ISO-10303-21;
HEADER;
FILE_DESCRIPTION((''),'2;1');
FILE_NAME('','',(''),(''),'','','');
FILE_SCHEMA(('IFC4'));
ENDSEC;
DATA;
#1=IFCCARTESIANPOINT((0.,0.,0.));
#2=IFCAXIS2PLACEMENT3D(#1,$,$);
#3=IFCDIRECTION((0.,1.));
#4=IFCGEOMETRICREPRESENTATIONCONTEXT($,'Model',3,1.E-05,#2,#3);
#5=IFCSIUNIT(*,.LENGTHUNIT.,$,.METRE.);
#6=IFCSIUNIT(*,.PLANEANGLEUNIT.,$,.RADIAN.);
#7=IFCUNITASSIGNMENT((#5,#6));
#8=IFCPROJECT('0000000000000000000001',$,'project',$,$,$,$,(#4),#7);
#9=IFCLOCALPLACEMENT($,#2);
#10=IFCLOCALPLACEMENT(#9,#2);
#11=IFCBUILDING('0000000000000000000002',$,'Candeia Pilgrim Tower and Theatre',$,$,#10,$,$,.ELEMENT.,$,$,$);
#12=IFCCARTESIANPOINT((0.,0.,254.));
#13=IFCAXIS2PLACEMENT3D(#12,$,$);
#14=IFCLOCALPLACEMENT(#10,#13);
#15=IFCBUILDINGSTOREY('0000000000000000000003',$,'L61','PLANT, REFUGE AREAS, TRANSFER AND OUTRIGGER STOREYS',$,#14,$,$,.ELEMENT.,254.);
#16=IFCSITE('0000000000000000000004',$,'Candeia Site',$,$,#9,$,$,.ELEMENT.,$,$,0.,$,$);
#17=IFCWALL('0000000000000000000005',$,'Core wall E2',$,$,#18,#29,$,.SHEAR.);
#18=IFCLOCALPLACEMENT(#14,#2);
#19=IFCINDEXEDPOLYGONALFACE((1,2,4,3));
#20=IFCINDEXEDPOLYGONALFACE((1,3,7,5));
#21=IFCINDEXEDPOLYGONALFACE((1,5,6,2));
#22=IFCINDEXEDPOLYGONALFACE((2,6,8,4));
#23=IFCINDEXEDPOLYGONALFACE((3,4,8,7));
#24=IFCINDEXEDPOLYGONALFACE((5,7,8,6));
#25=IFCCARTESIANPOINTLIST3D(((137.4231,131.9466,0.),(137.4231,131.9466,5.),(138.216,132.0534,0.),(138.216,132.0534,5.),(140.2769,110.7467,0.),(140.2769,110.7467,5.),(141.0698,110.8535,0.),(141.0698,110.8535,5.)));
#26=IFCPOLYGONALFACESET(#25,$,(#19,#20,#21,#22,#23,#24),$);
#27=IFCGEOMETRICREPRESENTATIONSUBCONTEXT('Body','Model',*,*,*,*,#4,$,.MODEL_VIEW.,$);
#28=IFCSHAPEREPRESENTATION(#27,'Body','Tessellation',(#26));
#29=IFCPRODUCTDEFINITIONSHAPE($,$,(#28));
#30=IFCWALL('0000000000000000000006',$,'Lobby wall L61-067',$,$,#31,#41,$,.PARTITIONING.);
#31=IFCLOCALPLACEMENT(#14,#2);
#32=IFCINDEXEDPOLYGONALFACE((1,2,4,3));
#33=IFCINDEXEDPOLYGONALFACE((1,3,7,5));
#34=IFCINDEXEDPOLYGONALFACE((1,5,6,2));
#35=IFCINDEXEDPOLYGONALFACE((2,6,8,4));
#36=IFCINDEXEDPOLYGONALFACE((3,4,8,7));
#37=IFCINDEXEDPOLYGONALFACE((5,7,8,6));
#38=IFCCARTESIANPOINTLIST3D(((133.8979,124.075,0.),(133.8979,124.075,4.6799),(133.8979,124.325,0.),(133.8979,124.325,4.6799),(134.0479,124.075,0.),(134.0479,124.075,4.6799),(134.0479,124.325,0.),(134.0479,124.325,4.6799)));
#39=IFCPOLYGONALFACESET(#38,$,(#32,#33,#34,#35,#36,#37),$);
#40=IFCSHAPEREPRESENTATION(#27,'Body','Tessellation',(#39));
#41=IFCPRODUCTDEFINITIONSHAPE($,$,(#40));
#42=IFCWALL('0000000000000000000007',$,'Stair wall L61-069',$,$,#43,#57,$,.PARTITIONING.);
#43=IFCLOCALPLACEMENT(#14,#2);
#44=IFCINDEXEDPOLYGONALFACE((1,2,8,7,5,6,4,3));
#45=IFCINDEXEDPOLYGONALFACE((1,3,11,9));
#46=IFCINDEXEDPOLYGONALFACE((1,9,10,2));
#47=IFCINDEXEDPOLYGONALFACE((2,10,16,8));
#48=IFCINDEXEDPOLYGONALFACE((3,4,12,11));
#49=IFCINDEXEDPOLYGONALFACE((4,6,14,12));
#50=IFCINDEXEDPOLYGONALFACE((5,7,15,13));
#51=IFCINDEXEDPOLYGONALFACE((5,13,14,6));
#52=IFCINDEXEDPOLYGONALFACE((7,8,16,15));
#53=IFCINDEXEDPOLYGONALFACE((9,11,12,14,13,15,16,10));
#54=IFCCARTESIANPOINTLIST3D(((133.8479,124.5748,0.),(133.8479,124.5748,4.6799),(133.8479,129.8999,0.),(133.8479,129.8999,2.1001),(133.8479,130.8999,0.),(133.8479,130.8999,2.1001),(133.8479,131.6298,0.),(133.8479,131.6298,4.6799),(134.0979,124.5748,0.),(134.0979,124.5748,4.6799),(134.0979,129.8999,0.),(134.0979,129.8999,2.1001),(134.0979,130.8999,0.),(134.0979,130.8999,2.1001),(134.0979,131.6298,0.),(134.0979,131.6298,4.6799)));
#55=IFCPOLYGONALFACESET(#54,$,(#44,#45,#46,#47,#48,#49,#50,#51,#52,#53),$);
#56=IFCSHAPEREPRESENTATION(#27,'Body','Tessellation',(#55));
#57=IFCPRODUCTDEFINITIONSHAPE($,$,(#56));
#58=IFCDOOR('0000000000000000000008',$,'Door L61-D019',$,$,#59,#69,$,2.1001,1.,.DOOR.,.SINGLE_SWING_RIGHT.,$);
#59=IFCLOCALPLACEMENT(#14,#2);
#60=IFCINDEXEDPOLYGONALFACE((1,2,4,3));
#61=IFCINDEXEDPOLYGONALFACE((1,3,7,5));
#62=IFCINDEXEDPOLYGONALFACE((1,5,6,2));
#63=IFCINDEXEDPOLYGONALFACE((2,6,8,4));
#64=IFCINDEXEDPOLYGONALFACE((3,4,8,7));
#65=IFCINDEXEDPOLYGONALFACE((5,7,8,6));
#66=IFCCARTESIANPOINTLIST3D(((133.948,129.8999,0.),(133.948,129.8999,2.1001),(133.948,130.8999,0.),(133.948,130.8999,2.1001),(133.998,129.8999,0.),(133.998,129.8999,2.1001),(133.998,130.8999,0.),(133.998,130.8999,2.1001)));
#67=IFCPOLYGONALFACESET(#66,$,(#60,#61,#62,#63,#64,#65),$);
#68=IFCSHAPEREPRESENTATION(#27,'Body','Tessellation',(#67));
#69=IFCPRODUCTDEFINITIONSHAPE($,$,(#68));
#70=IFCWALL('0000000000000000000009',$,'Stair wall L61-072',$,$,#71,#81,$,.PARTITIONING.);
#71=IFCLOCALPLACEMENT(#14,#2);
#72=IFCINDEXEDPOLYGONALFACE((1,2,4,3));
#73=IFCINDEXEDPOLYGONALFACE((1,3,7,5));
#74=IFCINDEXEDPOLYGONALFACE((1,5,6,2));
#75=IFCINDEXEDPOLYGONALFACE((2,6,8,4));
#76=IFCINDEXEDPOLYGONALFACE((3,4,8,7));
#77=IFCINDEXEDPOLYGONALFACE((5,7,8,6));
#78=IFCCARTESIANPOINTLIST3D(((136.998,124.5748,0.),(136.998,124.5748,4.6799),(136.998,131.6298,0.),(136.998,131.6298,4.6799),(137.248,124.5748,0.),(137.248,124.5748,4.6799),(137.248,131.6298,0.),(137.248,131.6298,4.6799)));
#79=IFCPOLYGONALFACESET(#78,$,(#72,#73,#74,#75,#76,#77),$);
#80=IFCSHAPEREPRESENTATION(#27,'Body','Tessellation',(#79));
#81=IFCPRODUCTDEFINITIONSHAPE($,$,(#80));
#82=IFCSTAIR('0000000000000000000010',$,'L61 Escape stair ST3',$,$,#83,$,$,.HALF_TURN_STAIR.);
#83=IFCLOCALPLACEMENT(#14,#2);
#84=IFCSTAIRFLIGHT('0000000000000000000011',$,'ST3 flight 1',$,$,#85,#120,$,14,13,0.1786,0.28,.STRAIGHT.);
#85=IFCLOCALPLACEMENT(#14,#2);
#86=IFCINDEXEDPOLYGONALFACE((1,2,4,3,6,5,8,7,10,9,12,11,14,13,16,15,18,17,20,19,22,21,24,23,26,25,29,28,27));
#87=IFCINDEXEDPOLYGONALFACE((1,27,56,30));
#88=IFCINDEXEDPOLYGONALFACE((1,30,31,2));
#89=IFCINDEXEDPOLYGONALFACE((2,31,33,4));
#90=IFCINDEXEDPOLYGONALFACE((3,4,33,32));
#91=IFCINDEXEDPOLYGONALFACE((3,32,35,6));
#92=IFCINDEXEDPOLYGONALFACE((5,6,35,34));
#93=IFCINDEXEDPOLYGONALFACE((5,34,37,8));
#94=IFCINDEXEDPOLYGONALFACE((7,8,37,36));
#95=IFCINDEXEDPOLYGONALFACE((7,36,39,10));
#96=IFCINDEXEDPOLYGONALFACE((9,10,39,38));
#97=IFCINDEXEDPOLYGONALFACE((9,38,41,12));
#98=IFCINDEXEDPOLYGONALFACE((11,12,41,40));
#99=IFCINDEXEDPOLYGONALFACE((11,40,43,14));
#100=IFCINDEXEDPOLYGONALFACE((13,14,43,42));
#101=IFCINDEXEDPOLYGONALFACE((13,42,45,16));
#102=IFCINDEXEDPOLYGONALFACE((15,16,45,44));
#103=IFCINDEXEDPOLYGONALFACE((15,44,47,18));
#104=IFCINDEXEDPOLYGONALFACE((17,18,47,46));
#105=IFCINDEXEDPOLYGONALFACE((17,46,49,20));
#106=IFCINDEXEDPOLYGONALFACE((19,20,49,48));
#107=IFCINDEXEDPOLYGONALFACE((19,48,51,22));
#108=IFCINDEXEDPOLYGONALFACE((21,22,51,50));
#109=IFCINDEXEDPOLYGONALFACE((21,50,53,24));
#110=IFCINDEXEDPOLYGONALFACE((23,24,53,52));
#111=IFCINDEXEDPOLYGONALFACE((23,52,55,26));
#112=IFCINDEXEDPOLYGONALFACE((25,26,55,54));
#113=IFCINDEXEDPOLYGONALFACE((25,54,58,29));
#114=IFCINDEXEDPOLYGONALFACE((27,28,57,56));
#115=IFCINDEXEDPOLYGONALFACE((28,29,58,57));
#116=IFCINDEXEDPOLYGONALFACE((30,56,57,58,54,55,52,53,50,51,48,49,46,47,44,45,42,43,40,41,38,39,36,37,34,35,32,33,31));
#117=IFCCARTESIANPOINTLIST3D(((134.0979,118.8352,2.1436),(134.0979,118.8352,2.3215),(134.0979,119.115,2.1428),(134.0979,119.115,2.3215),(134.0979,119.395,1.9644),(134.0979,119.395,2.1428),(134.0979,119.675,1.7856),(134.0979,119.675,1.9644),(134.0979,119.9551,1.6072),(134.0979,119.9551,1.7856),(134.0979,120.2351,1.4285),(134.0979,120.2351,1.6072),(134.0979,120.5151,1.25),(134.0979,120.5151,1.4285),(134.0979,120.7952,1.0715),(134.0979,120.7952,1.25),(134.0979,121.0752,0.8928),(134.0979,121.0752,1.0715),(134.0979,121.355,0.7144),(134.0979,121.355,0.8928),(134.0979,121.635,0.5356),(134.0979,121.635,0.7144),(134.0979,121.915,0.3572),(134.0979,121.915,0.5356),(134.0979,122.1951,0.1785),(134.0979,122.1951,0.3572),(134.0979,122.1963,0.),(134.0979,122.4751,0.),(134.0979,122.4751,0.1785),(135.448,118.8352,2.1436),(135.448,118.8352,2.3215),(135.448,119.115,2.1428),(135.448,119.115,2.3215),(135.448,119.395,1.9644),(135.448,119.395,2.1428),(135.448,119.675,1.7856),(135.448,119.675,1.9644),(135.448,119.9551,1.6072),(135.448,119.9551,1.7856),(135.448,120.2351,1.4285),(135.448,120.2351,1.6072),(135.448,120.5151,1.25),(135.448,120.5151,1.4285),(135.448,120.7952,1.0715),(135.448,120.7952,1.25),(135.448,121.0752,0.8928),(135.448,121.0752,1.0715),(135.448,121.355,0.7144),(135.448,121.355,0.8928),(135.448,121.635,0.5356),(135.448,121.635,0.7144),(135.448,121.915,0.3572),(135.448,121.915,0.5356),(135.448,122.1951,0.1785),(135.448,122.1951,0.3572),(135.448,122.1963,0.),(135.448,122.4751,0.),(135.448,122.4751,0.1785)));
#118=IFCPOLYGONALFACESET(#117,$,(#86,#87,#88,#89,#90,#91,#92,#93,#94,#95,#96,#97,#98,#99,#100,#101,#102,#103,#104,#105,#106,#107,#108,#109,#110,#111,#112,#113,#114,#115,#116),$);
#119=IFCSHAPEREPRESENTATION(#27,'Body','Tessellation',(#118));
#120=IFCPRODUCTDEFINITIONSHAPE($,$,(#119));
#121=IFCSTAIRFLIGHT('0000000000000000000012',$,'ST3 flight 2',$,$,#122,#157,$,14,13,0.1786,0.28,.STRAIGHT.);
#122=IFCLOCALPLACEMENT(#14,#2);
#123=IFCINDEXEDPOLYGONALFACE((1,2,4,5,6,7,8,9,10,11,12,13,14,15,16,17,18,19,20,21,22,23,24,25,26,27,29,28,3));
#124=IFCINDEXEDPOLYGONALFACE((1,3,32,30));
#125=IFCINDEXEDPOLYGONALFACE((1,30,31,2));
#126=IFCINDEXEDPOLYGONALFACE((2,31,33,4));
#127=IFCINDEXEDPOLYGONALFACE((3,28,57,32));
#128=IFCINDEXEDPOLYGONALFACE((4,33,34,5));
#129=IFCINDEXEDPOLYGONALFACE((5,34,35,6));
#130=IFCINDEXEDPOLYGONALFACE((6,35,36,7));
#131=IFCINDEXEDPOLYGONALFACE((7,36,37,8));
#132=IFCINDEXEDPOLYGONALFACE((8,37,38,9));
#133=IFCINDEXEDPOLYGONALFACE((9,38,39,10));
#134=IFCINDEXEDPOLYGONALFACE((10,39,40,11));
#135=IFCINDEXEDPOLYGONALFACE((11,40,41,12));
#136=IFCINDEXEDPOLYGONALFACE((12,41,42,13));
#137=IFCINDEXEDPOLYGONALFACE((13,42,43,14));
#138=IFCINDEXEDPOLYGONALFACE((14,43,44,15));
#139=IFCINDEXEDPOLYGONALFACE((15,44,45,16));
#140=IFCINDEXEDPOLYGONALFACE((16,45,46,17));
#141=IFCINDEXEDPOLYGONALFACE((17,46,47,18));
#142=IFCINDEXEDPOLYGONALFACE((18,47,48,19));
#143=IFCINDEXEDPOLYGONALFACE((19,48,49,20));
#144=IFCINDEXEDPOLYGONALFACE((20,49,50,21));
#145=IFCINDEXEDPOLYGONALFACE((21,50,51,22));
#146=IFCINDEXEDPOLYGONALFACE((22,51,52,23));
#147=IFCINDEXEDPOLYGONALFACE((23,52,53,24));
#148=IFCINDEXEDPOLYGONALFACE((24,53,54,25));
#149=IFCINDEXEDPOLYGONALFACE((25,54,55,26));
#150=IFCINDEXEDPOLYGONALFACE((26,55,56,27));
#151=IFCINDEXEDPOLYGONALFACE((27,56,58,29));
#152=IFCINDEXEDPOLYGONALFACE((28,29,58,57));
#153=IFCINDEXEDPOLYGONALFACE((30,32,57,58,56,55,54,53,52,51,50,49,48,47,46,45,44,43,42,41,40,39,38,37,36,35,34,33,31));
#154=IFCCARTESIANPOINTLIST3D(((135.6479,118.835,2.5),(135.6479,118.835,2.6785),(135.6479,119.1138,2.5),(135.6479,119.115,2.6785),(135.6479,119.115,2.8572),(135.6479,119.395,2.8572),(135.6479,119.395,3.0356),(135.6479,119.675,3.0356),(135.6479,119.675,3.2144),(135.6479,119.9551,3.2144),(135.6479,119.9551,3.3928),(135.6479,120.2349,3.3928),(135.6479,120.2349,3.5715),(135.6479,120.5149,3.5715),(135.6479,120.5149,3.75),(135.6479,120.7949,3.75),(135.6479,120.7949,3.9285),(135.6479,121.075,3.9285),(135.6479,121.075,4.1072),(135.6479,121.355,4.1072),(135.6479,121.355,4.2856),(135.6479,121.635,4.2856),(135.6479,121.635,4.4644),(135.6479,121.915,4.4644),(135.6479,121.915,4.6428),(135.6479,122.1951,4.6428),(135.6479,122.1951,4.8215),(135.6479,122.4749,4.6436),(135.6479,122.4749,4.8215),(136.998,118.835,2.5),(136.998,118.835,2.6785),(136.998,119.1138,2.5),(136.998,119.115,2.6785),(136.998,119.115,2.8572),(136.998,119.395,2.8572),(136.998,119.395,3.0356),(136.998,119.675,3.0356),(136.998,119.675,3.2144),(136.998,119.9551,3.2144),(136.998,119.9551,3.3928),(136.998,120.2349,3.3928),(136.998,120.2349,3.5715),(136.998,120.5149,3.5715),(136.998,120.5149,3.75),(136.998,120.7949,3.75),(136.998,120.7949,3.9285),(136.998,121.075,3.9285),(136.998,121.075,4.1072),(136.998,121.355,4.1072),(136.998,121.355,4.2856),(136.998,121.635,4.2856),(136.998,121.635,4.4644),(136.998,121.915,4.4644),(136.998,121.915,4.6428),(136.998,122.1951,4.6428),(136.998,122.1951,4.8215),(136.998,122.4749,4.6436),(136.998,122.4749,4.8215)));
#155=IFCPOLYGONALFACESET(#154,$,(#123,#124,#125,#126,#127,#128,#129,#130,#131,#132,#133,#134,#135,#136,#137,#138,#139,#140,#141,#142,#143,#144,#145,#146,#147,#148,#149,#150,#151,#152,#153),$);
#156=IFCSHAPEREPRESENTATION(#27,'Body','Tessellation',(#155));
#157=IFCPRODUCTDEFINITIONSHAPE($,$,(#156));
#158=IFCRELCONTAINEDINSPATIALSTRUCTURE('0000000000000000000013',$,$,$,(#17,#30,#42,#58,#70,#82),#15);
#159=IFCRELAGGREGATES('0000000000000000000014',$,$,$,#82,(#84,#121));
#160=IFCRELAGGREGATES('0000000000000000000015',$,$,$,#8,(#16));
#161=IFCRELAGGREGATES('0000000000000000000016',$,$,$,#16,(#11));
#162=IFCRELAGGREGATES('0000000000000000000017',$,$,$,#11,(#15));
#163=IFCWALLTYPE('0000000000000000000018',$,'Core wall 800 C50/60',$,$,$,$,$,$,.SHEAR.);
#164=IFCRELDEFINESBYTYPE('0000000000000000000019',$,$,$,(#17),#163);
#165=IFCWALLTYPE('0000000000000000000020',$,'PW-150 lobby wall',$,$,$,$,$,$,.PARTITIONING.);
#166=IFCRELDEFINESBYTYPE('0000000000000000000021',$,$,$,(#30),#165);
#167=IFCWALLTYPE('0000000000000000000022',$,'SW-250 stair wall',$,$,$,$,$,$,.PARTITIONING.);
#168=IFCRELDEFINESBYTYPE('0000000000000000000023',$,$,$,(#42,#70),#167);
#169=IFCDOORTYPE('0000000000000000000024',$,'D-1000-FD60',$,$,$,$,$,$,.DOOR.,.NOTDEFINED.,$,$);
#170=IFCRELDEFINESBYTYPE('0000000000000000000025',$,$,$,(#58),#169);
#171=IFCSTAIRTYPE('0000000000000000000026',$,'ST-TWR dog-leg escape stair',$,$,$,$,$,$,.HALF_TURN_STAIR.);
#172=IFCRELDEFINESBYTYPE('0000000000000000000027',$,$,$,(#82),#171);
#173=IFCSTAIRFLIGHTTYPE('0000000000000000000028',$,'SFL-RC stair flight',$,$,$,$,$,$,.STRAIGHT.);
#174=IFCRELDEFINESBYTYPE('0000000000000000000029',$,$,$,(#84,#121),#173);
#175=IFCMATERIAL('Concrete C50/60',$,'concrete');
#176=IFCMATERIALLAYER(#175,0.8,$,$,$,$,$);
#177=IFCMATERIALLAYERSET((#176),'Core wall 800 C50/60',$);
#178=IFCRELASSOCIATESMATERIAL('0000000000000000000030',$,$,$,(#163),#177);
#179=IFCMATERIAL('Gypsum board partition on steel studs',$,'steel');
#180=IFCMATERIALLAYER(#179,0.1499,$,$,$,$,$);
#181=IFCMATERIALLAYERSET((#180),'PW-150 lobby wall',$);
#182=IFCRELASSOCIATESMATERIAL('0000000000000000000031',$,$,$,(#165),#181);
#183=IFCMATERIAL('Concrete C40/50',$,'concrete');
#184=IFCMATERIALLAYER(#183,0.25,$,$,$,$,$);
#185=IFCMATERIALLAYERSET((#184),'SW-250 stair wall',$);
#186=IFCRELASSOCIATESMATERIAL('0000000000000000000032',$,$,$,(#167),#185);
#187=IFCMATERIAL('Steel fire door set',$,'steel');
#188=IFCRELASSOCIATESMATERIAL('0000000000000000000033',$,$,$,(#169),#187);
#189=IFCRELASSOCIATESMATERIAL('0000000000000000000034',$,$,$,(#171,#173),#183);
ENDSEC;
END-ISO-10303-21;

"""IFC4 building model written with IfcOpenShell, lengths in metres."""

from ifc_helpers import new_model, si_unit, direction, frame, frame_2d, origin, place, context, subcontext, project, spatial, polyline, rectangle, outline, extrude, material, layer, layer_set, type_object, element, fill, aggregate, save


model = new_model("IFC4")

# Units and contexts
model_context = context("Model", 3, precision=1e-05, world=origin(), true_north=direction((0.0, 1.0)))
body_context = subcontext(model_context, "Body", "Model", "MODEL_VIEW")
ifc_project = project(units=[si_unit("LENGTHUNIT", "METRE"), si_unit("PLANEANGLEUNIT", "RADIAN")], contexts=[model_context])

# Site, building, storey
site_placement = place(None, origin())
site = spatial("IfcSite", under=ifc_project, at=site_placement, Name="Candeia Site", CompositionType="ELEMENT", RefElevation=0.0)
building_placement = place(site_placement, origin())
building = spatial("IfcBuilding", under=site, at=building_placement, Name="Candeia Pilgrim Tower and Theatre", CompositionType="ELEMENT")
storey_placement = place(building_placement, frame((0.0, 0.0, 254.0)))
storey = spatial("IfcBuildingStorey", under=building, at=storey_placement, Name="L61", Description="PLANT, REFUGE AREAS, TRANSFER AND OUTRIGGER STOREYS", CompositionType="ELEMENT", Elevation=254.0)

# Walls
ifc_material_1 = material(Name="Concrete C50/60", Category="concrete")
ifc_layer_1 = layer(ifc_material_1, 0.8)
ifc_layer_set_1 = layer_set([ifc_layer_1], Name="Core wall 800 C50/60")
wall_type_1 = type_object("IfcWallType", Name="Core wall 800 C50/60", PredefinedType="SHEAR", material=ifc_layer_set_1)
wall_1_placement = place(storey_placement, frame((137.8196, 132.0, 0.0), z_axis=(0.0, 0.0, 1.0), x_axis=(0.133408, -0.991061, 0.0)))
element("IfcWall", 1, at=wall_1_placement, inside=storey, type_object=wall_type_1, Name="Core wall E2", PredefinedType="SHEAR", context=body_context, shape_type="SweptSolid", body=[
    extrude(rectangle(XDim=21.3911, YDim=0.8, at=frame_2d((10.6956, 0.0))), origin(), (0.0, 0.0, 1.0), 5.0),
])
ifc_material_2 = material(Name="Gypsum board partition on steel studs", Category="steel")
ifc_layer_2 = layer(ifc_material_2, 0.1499)
ifc_layer_set_2 = layer_set([ifc_layer_2], Name="PW-150 lobby wall")
wall_type_2 = type_object("IfcWallType", Name="PW-150 lobby wall", PredefinedType="PARTITIONING", material=ifc_layer_set_2)
wall_2_placement = place(storey_placement, frame((133.9729, 124.075, 0.0), z_axis=(0.0, 0.0, 1.0), x_axis=(0.0, 1.0, 0.0)))
element("IfcWall", 2, at=wall_2_placement, inside=storey, type_object=wall_type_2, Name="Lobby wall L61-067", PredefinedType="PARTITIONING", context=body_context, shape_type="SweptSolid", body=[
    extrude(rectangle(XDim=0.25, YDim=0.1499, at=frame_2d((0.125, 0.0))), origin(), (0.0, 0.0, 1.0), 4.6799),
])

# Wall, opening, door
ifc_material_3 = material(Name="Concrete C40/50", Category="concrete")
ifc_layer_3 = layer(ifc_material_3, 0.25)
ifc_layer_set_3 = layer_set([ifc_layer_3], Name="SW-250 stair wall")
wall_type_3 = type_object("IfcWallType", Name="SW-250 stair wall", PredefinedType="PARTITIONING", material=ifc_layer_set_3)
wall_3_placement = place(storey_placement, frame((133.9729, 124.575, 0.0), z_axis=(0.0, 0.0, 1.0), x_axis=(0.0, 1.0, 0.0)))
wall_3 = element("IfcWall", 3, at=wall_3_placement, inside=storey, type_object=wall_type_3, Name="Stair wall L61-069", PredefinedType="PARTITIONING", context=body_context, shape_type="SweptSolid", body=[
    extrude(rectangle(XDim=7.0549, YDim=0.25, at=frame_2d((3.5273, 0.0))), origin(), (0.0, 0.0, 1.0), 4.6799),
])
opening_placement = place(wall_3_placement, frame((5.325, 0.0, 0.0)))
opening = element("IfcOpeningElement", 4, at=opening_placement, cuts=wall_3, PredefinedType="OPENING", context=body_context, shape_type="SweptSolid", body=[
    extrude(rectangle(XDim=1.0, YDim=2.1001, at=frame_2d((0.5, 1.05))), frame((0.0, 0.135, 0.0), z_axis=(0.0, -1.0, 0.0), x_axis=(1.0, 0.0, 0.0)), (0.0, 0.0, 1.0), 0.27),
])
ifc_material_4 = material(Name="Steel fire door set", Category="steel")
door_type = type_object("IfcDoorType", Name="D-1000-FD60", OperationType="NOTDEFINED", PredefinedType="DOOR", material=ifc_material_4)
door_placement = place(opening_placement, origin())
door = element("IfcDoor", 5, at=door_placement, inside=storey, type_object=door_type, Name="Door L61-D019", OperationType="SINGLE_SWING_RIGHT", OverallHeight=2.1001, OverallWidth=1.0, PredefinedType="DOOR", context=body_context, shape_type="SweptSolid", body=[
    extrude(rectangle(XDim=1.0, YDim=2.1001, at=frame_2d((0.5, 1.05))), frame((0.0, 0.0249, 0.0), z_axis=(0.0, -1.0, 0.0), x_axis=(1.0, 0.0, 0.0)), (0.0, 0.0, 1.0), 0.05),
])
fill(opening, door)

# Wall
wall_4_placement = place(storey_placement, frame((137.123, 124.575, 0.0), z_axis=(0.0, 0.0, 1.0), x_axis=(0.0, 1.0, 0.0)))
element("IfcWall", 6, at=wall_4_placement, inside=storey, type_object=wall_type_3, Name="Stair wall L61-072", PredefinedType="PARTITIONING", context=body_context, shape_type="SweptSolid", body=[
    extrude(rectangle(XDim=7.0549, YDim=0.25, at=frame_2d((3.5273, 0.0))), origin(), (0.0, 0.0, 1.0), 4.6799),
])

# Stair, stair flights
stair_type = type_object("IfcStairType", Name="ST-TWR dog-leg escape stair", PredefinedType="HALF_TURN_STAIR", material=ifc_material_3)
stair_1_placement = place(storey_placement, origin())
stair_1 = element("IfcStair", 7, at=stair_1_placement, inside=storey, type_object=stair_type, Name="L61 Escape stair ST3", PredefinedType="HALF_TURN_STAIR")
stair_flight_type = type_object("IfcStairFlightType", Name="SFL-RC stair flight", PredefinedType="STRAIGHT", material=ifc_material_3)
stair_flight_1_placement = place(storey_placement, frame((134.7729, 122.4751, 0.0), z_axis=(0.0, 0.0, 1.0), x_axis=(0.0, -1.0, 0.0)))
stair_flight_1 = element("IfcStairFlight", 8, at=stair_flight_1_placement, type_object=stair_flight_type, Name="ST3 flight 1", NumberOfRisers=14, NumberOfTreads=13, PredefinedType="STRAIGHT", RiserHeight=0.1786, TreadLength=0.28, context=body_context, shape_type="SweptSolid", body=[
    extrude(outline(polyline([(0.0, 0.0), (0.0, 0.1785), (0.28, 0.1785), (0.28, 0.3572), (0.5601, 0.3572), (0.5601, 0.5356), (0.8401, 0.5356), (0.8401, 0.7144), (1.1201, 0.7144), (1.1201, 0.8928), (1.3999, 0.8928), (1.3999, 1.0715), (1.6799, 1.0715), (1.6799, 1.25), (1.96, 1.25), (1.96, 1.4285), (2.24, 1.4285), (2.24, 1.6072), (2.52, 1.6072), (2.52, 1.7856), (2.8, 1.7856), (2.8, 1.9644), (3.0801, 1.9644), (3.0801, 2.1428), (3.3601, 2.1428), (3.3601, 2.3215), (3.6399, 2.3215), (3.6399, 2.5), (3.6399, 2.1436), (0.2788, 0.0), (0.0, 0.0)])), frame((0.0, 0.675, 0.0), z_axis=(0.0, -1.0, 0.0), x_axis=(1.0, 0.0, 0.0)), (0.0, 0.0, 1.0), 1.3501),
])
stair_flight_2_placement = place(storey_placement, frame((136.323, 118.835, 2.5), z_axis=(0.0, 0.0, 1.0), x_axis=(0.0, 1.0, 0.0)))
stair_flight_2 = element("IfcStairFlight", 9, at=stair_flight_2_placement, type_object=stair_flight_type, Name="ST3 flight 2", NumberOfRisers=14, NumberOfTreads=13, PredefinedType="STRAIGHT", RiserHeight=0.1786, TreadLength=0.28, context=body_context, shape_type="SweptSolid", body=[
    extrude(outline(polyline([(0.0, 0.0), (0.0, 0.1785), (0.28, 0.1785), (0.28, 0.3572), (0.5601, 0.3572), (0.5601, 0.5356), (0.8401, 0.5356), (0.8401, 0.7144), (1.1201, 0.7144), (1.1201, 0.8928), (1.3999, 0.8928), (1.3999, 1.0715), (1.6799, 1.0715), (1.6799, 1.25), (1.96, 1.25), (1.96, 1.4285), (2.24, 1.4285), (2.24, 1.6072), (2.52, 1.6072), (2.52, 1.7856), (2.8, 1.7856), (2.8, 1.9644), (3.0801, 1.9644), (3.0801, 2.1428), (3.3601, 2.1428), (3.3601, 2.3215), (3.6399, 2.3215), (3.6399, 2.5), (3.6399, 2.1436), (0.2788, 0.0), (0.0, 0.0)])), frame((0.0, 0.675, 0.0), z_axis=(0.0, -1.0, 0.0), x_axis=(1.0, 0.0, 0.0)), (0.0, 0.0, 1.0), 1.3501),
])
aggregate(stair_1, [stair_flight_1, stair_flight_2])

save(model, "model.ifc")
